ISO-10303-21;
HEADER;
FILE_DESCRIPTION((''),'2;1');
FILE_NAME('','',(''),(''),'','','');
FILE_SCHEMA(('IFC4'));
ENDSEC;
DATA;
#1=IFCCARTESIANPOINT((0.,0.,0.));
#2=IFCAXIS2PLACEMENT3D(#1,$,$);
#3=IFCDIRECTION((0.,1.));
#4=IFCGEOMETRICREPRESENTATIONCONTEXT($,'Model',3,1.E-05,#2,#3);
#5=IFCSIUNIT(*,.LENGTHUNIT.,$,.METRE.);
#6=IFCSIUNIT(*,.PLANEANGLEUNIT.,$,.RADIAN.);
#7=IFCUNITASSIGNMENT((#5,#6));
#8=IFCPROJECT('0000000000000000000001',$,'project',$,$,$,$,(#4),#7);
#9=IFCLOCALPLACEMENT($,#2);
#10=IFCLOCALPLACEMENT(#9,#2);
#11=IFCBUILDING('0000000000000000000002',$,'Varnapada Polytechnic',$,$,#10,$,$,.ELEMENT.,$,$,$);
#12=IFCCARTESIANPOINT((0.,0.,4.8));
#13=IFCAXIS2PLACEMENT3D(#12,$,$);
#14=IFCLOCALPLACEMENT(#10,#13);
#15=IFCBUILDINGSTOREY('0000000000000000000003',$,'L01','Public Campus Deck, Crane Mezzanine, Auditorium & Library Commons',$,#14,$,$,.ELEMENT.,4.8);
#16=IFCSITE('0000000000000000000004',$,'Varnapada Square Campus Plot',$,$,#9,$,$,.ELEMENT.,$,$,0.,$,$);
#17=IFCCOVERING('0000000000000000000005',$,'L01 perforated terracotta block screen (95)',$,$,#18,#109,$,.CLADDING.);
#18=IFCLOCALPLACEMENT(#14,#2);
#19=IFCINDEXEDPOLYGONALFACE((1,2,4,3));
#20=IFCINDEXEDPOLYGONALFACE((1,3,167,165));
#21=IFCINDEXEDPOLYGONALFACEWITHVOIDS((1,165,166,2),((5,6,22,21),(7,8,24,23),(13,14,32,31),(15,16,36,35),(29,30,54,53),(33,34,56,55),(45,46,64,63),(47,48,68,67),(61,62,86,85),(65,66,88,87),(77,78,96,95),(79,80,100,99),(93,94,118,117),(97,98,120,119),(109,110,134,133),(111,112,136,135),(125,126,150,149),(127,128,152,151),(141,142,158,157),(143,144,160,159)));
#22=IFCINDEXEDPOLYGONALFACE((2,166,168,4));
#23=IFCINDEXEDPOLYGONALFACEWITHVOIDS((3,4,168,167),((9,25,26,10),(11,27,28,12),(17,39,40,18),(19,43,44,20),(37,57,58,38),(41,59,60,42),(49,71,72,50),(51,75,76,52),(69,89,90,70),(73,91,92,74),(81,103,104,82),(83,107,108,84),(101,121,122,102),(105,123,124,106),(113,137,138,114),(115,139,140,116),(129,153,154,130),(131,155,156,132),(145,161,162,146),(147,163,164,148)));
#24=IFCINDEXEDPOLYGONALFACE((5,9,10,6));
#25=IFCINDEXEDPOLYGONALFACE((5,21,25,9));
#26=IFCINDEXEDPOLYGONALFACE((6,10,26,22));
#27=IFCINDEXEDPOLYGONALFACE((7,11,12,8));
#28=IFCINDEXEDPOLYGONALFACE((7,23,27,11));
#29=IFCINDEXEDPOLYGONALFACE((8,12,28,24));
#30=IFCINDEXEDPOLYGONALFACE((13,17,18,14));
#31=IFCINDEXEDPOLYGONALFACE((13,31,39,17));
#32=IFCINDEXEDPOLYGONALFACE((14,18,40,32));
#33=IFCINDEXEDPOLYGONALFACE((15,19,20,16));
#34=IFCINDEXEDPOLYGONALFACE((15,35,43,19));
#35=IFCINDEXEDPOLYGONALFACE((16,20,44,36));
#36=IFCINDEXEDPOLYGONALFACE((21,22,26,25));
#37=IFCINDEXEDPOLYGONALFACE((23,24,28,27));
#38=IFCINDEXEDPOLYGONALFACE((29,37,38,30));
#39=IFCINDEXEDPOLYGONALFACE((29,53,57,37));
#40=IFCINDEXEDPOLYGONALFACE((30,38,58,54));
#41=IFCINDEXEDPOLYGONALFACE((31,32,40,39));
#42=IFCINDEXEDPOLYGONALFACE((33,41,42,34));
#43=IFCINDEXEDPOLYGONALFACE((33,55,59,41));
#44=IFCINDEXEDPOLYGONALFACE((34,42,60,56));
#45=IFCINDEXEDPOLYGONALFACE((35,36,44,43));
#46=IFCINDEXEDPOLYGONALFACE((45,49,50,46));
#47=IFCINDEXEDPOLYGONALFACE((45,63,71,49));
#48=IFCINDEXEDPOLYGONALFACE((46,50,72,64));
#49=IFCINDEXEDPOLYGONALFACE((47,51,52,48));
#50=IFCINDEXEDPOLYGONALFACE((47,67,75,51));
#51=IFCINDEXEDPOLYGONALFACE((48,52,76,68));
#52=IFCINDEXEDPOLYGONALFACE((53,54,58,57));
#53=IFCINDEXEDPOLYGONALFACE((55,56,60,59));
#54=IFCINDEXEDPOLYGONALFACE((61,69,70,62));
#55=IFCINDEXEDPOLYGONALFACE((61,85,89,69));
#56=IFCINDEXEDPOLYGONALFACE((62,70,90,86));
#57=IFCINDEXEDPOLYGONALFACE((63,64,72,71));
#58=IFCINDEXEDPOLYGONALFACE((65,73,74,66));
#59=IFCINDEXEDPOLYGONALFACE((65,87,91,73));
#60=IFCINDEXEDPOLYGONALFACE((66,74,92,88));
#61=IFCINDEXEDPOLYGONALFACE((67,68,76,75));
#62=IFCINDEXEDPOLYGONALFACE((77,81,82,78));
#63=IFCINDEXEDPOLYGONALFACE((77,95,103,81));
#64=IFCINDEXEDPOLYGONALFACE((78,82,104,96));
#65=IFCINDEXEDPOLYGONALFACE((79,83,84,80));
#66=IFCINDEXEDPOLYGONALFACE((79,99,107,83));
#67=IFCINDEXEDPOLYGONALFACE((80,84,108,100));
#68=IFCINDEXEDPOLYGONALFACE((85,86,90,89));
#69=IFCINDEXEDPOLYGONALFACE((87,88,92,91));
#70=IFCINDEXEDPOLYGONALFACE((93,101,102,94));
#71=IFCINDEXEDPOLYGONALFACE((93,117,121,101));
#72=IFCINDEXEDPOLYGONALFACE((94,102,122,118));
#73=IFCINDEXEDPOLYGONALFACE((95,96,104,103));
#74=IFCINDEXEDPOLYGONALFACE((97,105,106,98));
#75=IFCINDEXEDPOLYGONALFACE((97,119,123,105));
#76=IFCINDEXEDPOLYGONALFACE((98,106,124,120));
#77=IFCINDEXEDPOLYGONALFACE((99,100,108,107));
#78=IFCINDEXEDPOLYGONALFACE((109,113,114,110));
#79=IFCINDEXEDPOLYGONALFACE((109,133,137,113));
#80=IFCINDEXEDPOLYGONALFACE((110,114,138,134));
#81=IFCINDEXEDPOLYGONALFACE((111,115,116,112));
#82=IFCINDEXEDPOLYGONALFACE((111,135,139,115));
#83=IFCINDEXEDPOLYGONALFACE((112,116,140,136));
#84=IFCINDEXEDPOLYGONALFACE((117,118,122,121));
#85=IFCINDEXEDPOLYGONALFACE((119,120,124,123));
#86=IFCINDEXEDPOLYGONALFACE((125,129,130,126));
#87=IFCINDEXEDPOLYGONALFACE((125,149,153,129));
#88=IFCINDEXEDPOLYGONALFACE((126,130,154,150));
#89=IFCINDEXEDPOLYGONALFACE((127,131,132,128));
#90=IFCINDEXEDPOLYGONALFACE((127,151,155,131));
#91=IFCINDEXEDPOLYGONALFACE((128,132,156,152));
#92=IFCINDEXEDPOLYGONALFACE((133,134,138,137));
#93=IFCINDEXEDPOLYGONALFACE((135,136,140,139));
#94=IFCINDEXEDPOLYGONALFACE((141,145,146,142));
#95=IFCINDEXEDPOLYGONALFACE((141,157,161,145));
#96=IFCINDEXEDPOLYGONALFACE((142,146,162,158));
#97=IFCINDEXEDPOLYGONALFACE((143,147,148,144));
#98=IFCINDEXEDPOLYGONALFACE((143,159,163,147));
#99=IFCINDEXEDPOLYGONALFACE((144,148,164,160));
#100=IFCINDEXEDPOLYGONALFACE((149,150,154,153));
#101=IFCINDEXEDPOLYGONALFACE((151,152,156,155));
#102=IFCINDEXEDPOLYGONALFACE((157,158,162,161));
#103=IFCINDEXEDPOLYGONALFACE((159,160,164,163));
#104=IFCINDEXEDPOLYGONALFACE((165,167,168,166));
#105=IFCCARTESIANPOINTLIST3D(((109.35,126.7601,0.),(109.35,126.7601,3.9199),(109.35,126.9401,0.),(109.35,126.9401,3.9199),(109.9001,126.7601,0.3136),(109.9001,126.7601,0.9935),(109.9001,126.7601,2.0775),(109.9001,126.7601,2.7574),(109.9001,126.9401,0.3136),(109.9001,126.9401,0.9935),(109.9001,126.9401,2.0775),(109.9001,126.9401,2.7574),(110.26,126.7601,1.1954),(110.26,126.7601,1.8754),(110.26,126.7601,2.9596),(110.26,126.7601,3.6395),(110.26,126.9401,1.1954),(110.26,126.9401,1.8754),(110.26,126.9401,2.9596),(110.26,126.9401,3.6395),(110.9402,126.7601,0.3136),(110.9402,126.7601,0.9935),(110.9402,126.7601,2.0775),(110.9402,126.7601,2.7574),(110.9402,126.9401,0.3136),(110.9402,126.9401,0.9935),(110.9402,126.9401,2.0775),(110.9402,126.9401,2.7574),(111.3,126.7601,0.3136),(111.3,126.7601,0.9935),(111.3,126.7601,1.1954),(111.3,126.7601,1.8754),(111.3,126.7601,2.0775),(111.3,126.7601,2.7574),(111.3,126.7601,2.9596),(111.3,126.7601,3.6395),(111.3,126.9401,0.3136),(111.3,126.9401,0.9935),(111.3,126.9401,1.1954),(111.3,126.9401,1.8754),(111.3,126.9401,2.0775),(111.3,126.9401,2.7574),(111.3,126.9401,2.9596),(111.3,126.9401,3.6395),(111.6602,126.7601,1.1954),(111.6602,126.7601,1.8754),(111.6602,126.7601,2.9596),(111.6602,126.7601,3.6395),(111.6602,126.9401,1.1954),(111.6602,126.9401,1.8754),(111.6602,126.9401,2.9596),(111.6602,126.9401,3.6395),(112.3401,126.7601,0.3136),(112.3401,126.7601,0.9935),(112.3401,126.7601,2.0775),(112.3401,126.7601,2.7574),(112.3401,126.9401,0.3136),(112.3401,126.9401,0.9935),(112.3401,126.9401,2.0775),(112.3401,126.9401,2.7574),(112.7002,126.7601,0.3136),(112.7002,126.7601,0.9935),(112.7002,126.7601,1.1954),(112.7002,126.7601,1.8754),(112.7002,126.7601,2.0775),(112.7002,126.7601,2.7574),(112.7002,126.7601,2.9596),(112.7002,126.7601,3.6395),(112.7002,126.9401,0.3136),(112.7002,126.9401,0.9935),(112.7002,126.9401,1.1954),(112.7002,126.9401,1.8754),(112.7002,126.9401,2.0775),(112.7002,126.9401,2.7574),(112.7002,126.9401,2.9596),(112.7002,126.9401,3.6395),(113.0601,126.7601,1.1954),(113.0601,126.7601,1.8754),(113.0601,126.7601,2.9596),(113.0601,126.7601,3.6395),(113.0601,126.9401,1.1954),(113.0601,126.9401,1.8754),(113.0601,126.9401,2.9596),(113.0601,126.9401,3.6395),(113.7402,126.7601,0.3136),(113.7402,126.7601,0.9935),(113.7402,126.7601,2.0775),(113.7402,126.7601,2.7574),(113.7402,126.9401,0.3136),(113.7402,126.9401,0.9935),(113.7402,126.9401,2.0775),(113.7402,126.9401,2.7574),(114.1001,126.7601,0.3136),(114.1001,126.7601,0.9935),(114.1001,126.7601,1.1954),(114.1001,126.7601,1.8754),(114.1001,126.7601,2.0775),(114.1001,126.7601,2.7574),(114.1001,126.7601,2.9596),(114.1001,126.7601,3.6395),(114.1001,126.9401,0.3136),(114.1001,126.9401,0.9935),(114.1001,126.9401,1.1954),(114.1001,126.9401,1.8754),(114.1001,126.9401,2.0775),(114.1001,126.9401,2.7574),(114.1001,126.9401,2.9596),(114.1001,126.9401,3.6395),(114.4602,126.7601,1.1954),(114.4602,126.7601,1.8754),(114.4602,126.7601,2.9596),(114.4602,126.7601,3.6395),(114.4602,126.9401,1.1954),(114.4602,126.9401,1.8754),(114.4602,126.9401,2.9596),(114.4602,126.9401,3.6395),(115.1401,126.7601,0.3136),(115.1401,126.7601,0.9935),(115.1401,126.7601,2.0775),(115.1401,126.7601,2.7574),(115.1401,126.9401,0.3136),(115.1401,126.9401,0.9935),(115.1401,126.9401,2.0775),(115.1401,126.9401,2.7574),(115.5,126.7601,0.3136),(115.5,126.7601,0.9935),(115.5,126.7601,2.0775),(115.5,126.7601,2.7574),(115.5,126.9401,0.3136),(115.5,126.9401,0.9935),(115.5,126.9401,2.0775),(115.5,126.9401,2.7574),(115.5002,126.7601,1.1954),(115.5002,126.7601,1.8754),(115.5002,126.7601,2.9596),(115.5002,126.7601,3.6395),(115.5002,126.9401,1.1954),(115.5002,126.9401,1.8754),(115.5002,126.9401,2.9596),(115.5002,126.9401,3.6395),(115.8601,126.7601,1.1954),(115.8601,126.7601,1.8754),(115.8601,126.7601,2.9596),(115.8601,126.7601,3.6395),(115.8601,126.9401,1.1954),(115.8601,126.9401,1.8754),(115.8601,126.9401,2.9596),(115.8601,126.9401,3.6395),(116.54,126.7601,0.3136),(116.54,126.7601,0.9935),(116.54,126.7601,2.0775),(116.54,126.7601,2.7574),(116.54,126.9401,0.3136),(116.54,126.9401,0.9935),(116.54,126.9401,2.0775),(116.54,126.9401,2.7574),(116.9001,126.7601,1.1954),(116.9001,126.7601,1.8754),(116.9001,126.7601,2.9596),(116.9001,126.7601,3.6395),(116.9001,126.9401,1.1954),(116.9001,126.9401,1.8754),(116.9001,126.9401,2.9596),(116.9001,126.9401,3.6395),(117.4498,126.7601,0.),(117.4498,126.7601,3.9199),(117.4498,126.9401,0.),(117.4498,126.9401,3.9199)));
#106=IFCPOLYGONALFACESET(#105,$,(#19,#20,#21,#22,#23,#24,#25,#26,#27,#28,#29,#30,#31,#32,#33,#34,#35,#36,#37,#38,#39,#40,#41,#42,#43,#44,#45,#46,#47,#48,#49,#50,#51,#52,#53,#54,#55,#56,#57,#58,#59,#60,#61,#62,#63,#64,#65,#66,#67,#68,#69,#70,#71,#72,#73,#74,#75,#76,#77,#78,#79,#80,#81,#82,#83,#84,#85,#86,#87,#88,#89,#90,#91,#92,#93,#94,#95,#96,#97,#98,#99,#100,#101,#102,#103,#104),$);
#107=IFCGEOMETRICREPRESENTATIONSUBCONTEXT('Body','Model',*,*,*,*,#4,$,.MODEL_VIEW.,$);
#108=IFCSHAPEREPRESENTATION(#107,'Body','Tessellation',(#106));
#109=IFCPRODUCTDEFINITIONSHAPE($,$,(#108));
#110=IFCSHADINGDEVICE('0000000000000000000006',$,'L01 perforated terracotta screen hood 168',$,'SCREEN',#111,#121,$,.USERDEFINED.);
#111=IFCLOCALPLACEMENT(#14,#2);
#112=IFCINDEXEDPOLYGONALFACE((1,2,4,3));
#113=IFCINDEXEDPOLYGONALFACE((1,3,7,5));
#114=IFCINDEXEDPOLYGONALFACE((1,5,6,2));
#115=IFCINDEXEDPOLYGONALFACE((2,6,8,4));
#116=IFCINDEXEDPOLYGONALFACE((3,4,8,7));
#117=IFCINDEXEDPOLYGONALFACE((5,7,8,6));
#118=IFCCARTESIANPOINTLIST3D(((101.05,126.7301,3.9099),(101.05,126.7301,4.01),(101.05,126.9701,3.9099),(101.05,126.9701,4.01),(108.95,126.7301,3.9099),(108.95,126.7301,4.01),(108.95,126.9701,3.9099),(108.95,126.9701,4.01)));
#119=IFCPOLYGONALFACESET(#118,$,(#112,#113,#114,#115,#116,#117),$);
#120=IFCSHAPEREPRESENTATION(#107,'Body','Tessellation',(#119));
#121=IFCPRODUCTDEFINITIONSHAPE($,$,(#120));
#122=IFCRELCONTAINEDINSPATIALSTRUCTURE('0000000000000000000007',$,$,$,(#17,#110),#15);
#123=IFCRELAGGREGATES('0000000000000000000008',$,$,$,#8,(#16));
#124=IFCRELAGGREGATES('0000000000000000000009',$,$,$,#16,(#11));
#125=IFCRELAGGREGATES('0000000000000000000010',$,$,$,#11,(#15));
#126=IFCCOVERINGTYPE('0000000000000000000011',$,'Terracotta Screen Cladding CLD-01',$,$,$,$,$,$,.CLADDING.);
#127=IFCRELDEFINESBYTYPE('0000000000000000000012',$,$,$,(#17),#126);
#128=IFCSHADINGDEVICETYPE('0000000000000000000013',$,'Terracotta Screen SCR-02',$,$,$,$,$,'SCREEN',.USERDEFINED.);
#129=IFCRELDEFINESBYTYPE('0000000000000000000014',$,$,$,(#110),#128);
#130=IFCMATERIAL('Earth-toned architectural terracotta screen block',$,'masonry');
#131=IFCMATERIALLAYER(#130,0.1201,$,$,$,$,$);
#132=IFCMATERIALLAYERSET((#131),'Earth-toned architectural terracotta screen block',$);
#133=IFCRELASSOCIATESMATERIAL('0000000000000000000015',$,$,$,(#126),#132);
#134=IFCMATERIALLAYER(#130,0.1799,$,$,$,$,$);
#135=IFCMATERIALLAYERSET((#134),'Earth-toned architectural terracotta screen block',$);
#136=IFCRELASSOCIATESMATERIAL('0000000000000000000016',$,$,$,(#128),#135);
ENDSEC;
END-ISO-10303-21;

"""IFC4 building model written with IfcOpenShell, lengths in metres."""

from ifc_helpers import new_model, si_unit, direction, frame, frame_2d, origin, origin_2d, place, context, subcontext, project, spatial, rectangle, extrude, material, layer, layer_set, type_object, element, save


model = new_model("IFC4")

# Units and contexts
model_context = context("Model", 3, precision=1e-05, world=origin(), true_north=direction((0.0, 1.0)))
body_context = subcontext(model_context, "Body", "Model", "MODEL_VIEW")
ifc_project = project(units=[si_unit("LENGTHUNIT", "METRE"), si_unit("PLANEANGLEUNIT", "RADIAN")], contexts=[model_context])

# Site, building, storey
site_placement = place(None, origin())
site = spatial("IfcSite", under=ifc_project, at=site_placement, Name="Varnapada Square Campus Plot", CompositionType="ELEMENT", RefElevation=0.0)
building_placement = place(site_placement, origin())
building = spatial("IfcBuilding", under=site, at=building_placement, Name="Varnapada Polytechnic", CompositionType="ELEMENT")
storey_placement = place(building_placement, frame((0.0, 0.0, 4.8)))
storey = spatial("IfcBuildingStorey", under=building, at=storey_placement, Name="L01", Description="Public Campus Deck, Crane Mezzanine, Auditorium & Library Commons", CompositionType="ELEMENT", Elevation=4.8)

# Covering, openings
ifc_material_1 = material(Name="Earth-toned architectural terracotta screen block", Category="masonry")
ifc_layer_1 = layer(ifc_material_1, 0.1201)
ifc_layer_set_1 = layer_set([ifc_layer_1], Name="Earth-toned architectural terracotta screen block")
covering_type = type_object("IfcCoveringType", Name="Terracotta Screen Cladding CLD-01", PredefinedType="CLADDING", material=ifc_layer_set_1)
covering_placement = place(storey_placement, frame((109.3501, 126.8501, 0.0), z_axis=(0.0, 0.0, 1.0), x_axis=(1.0, 0.0, 0.0)))
covering = element("IfcCovering", 1, at=covering_placement, inside=storey, type_object=covering_type, Name="L01 perforated terracotta block screen (95)", PredefinedType="CLADDING", context=body_context, shape_type="SweptSolid", body=[
    extrude(rectangle(XDim=8.0999, YDim=0.1799, at=frame_2d((4.0498, 0.0))), origin(), (0.0, 0.0, 1.0), 3.9199),
])
opening_1_placement = place(covering_placement, frame((0.55, 0.0, 0.3137)))
element("IfcOpeningElement", 2, at=opening_1_placement, cuts=covering, PredefinedType="OPENING", context=body_context, shape_type="SweptSolid", body=[
    extrude(rectangle(XDim=1.04, YDim=0.6799, at=frame_2d((0.52, 0.3398))), frame((0.0, 0.0999, 0.0), z_axis=(0.0, -1.0, 0.0), x_axis=(1.0, 0.0, 0.0)), (0.0, 0.0, 1.0), 0.2),
])
opening_2_placement = place(covering_placement, frame((1.95, 0.0, 0.3137)))
element("IfcOpeningElement", 3, at=opening_2_placement, cuts=covering, PredefinedType="OPENING", context=body_context, shape_type="SweptSolid", body=[
    extrude(rectangle(XDim=1.04, YDim=0.6799, at=frame_2d((0.52, 0.3398))), frame((0.0, 0.0999, 0.0), z_axis=(0.0, -1.0, 0.0), x_axis=(1.0, 0.0, 0.0)), (0.0, 0.0, 1.0), 0.2),
])
opening_3_placement = place(covering_placement, frame((3.3501, 0.0, 0.3137)))
element("IfcOpeningElement", 4, at=opening_3_placement, cuts=covering, PredefinedType="OPENING", context=body_context, shape_type="SweptSolid", body=[
    extrude(rectangle(XDim=1.04, YDim=0.6799, at=frame_2d((0.52, 0.3398))), frame((0.0, 0.0999, 0.0), z_axis=(0.0, -1.0, 0.0), x_axis=(1.0, 0.0, 0.0)), (0.0, 0.0, 1.0), 0.2),
])
opening_4_placement = place(covering_placement, frame((4.75, 0.0, 0.3137)))
element("IfcOpeningElement", 5, at=opening_4_placement, cuts=covering, PredefinedType="OPENING", context=body_context, shape_type="SweptSolid", body=[
    extrude(rectangle(XDim=1.04, YDim=0.6799, at=frame_2d((0.52, 0.3398))), frame((0.0, 0.0999, 0.0), z_axis=(0.0, -1.0, 0.0), x_axis=(1.0, 0.0, 0.0)), (0.0, 0.0, 1.0), 0.2),
])
opening_5_placement = place(covering_placement, frame((6.1499, 0.0, 0.3137)))
element("IfcOpeningElement", 6, at=opening_5_placement, cuts=covering, PredefinedType="OPENING", context=body_context, shape_type="SweptSolid", body=[
    extrude(rectangle(XDim=1.04, YDim=0.6799, at=frame_2d((0.52, 0.3398))), frame((0.0, 0.0999, 0.0), z_axis=(0.0, -1.0, 0.0), x_axis=(1.0, 0.0, 0.0)), (0.0, 0.0, 1.0), 0.2),
])
opening_6_placement = place(covering_placement, frame((0.9099, 0.0, 1.1956)))
element("IfcOpeningElement", 7, at=opening_6_placement, cuts=covering, PredefinedType="OPENING", context=body_context, shape_type="SweptSolid", body=[
    extrude(rectangle(XDim=1.04, YDim=0.6799, at=frame_2d((0.52, 0.3398))), frame((0.0, 0.0999, 0.0), z_axis=(0.0, -1.0, 0.0), x_axis=(1.0, 0.0, 0.0)), (0.0, 0.0, 1.0), 0.2),
])
opening_7_placement = place(covering_placement, frame((2.3101, 0.0, 1.1956)))
element("IfcOpeningElement", 8, at=opening_7_placement, cuts=covering, PredefinedType="OPENING", context=body_context, shape_type="SweptSolid", body=[
    extrude(rectangle(XDim=1.04, YDim=0.6799, at=frame_2d((0.52, 0.3398))), frame((0.0, 0.0999, 0.0), z_axis=(0.0, -1.0, 0.0), x_axis=(1.0, 0.0, 0.0)), (0.0, 0.0, 1.0), 0.2),
])
opening_8_placement = place(covering_placement, frame((3.71, 0.0, 1.1956)))
element("IfcOpeningElement", 9, at=opening_8_placement, cuts=covering, PredefinedType="OPENING", context=body_context, shape_type="SweptSolid", body=[
    extrude(rectangle(XDim=1.04, YDim=0.6799, at=frame_2d((0.52, 0.3398))), frame((0.0, 0.0999, 0.0), z_axis=(0.0, -1.0, 0.0), x_axis=(1.0, 0.0, 0.0)), (0.0, 0.0, 1.0), 0.2),
])
opening_9_placement = place(covering_placement, frame((5.1101, 0.0, 1.1956)))
element("IfcOpeningElement", 10, at=opening_9_placement, cuts=covering, PredefinedType="OPENING", context=body_context, shape_type="SweptSolid", body=[
    extrude(rectangle(XDim=1.04, YDim=0.6799, at=frame_2d((0.52, 0.3398))), frame((0.0, 0.0999, 0.0), z_axis=(0.0, -1.0, 0.0), x_axis=(1.0, 0.0, 0.0)), (0.0, 0.0, 1.0), 0.2),
])
opening_10_placement = place(covering_placement, frame((6.51, 0.0, 1.1956)))
element("IfcOpeningElement", 11, at=opening_10_placement, cuts=covering, PredefinedType="OPENING", context=body_context, shape_type="SweptSolid", body=[
    extrude(rectangle(XDim=1.04, YDim=0.6799, at=frame_2d((0.52, 0.3398))), frame((0.0, 0.0999, 0.0), z_axis=(0.0, -1.0, 0.0), x_axis=(1.0, 0.0, 0.0)), (0.0, 0.0, 1.0), 0.2),
])
opening_11_placement = place(covering_placement, frame((0.55, 0.0, 2.0776)))
element("IfcOpeningElement", 12, at=opening_11_placement, cuts=covering, PredefinedType="OPENING", context=body_context, shape_type="SweptSolid", body=[
    extrude(rectangle(XDim=1.04, YDim=0.6799, at=frame_2d((0.52, 0.3398))), frame((0.0, 0.0999, 0.0), z_axis=(0.0, -1.0, 0.0), x_axis=(1.0, 0.0, 0.0)), (0.0, 0.0, 1.0), 0.2),
])
opening_12_placement = place(covering_placement, frame((1.95, 0.0, 2.0776)))
element("IfcOpeningElement", 13, at=opening_12_placement, cuts=covering, PredefinedType="OPENING", context=body_context, shape_type="SweptSolid", body=[
    extrude(rectangle(XDim=1.04, YDim=0.6799, at=frame_2d((0.52, 0.3398))), frame((0.0, 0.0999, 0.0), z_axis=(0.0, -1.0, 0.0), x_axis=(1.0, 0.0, 0.0)), (0.0, 0.0, 1.0), 0.2),
])
opening_13_placement = place(covering_placement, frame((3.3501, 0.0, 2.0776)))
element("IfcOpeningElement", 14, at=opening_13_placement, cuts=covering, PredefinedType="OPENING", context=body_context, shape_type="SweptSolid", body=[
    extrude(rectangle(XDim=1.04, YDim=0.6799, at=frame_2d((0.52, 0.3398))), frame((0.0, 0.0999, 0.0), z_axis=(0.0, -1.0, 0.0), x_axis=(1.0, 0.0, 0.0)), (0.0, 0.0, 1.0), 0.2),
])
opening_14_placement = place(covering_placement, frame((4.75, 0.0, 2.0776)))
element("IfcOpeningElement", 15, at=opening_14_placement, cuts=covering, PredefinedType="OPENING", context=body_context, shape_type="SweptSolid", body=[
    extrude(rectangle(XDim=1.04, YDim=0.6799, at=frame_2d((0.52, 0.3398))), frame((0.0, 0.0999, 0.0), z_axis=(0.0, -1.0, 0.0), x_axis=(1.0, 0.0, 0.0)), (0.0, 0.0, 1.0), 0.2),
])
opening_15_placement = place(covering_placement, frame((6.1499, 0.0, 2.0776)))
element("IfcOpeningElement", 16, at=opening_15_placement, cuts=covering, PredefinedType="OPENING", context=body_context, shape_type="SweptSolid", body=[
    extrude(rectangle(XDim=1.04, YDim=0.6799, at=frame_2d((0.52, 0.3398))), frame((0.0, 0.0999, 0.0), z_axis=(0.0, -1.0, 0.0), x_axis=(1.0, 0.0, 0.0)), (0.0, 0.0, 1.0), 0.2),
])
opening_16_placement = place(covering_placement, frame((0.9099, 0.0, 2.9597)))
element("IfcOpeningElement", 17, at=opening_16_placement, cuts=covering, PredefinedType="OPENING", context=body_context, shape_type="SweptSolid", body=[
    extrude(rectangle(XDim=1.04, YDim=0.6799, at=frame_2d((0.52, 0.3398))), frame((0.0, 0.0999, 0.0), z_axis=(0.0, -1.0, 0.0), x_axis=(1.0, 0.0, 0.0)), (0.0, 0.0, 1.0), 0.2),
])
opening_17_placement = place(covering_placement, frame((2.3101, 0.0, 2.9597)))
element("IfcOpeningElement", 18, at=opening_17_placement, cuts=covering, PredefinedType="OPENING", context=body_context, shape_type="SweptSolid", body=[
    extrude(rectangle(XDim=1.04, YDim=0.6799, at=frame_2d((0.52, 0.3398))), frame((0.0, 0.0999, 0.0), z_axis=(0.0, -1.0, 0.0), x_axis=(1.0, 0.0, 0.0)), (0.0, 0.0, 1.0), 0.2),
])
opening_18_placement = place(covering_placement, frame((3.71, 0.0, 2.9597)))
element("IfcOpeningElement", 19, at=opening_18_placement, cuts=covering, PredefinedType="OPENING", context=body_context, shape_type="SweptSolid", body=[
    extrude(rectangle(XDim=1.04, YDim=0.6799, at=frame_2d((0.52, 0.3398))), frame((0.0, 0.0999, 0.0), z_axis=(0.0, -1.0, 0.0), x_axis=(1.0, 0.0, 0.0)), (0.0, 0.0, 1.0), 0.2),
])
opening_19_placement = place(covering_placement, frame((5.1101, 0.0, 2.9597)))
element("IfcOpeningElement", 20, at=opening_19_placement, cuts=covering, PredefinedType="OPENING", context=body_context, shape_type="SweptSolid", body=[
    extrude(rectangle(XDim=1.04, YDim=0.6799, at=frame_2d((0.52, 0.3398))), frame((0.0, 0.0999, 0.0), z_axis=(0.0, -1.0, 0.0), x_axis=(1.0, 0.0, 0.0)), (0.0, 0.0, 1.0), 0.2),
])
opening_20_placement = place(covering_placement, frame((6.51, 0.0, 2.9597)))
element("IfcOpeningElement", 21, at=opening_20_placement, cuts=covering, PredefinedType="OPENING", context=body_context, shape_type="SweptSolid", body=[
    extrude(rectangle(XDim=1.04, YDim=0.6799, at=frame_2d((0.52, 0.3398))), frame((0.0, 0.0999, 0.0), z_axis=(0.0, -1.0, 0.0), x_axis=(1.0, 0.0, 0.0)), (0.0, 0.0, 1.0), 0.2),
])

# Shading device
ifc_layer_2 = layer(ifc_material_1, 0.1799)
ifc_layer_set_2 = layer_set([ifc_layer_2], Name="Earth-toned architectural terracotta screen block")
shading_device_type = type_object("IfcShadingDeviceType", Name="Terracotta Screen SCR-02", ElementType="SCREEN", PredefinedType="USERDEFINED", material=ifc_layer_set_2)
shading_device_placement = place(storey_placement, frame((105.0, 126.8501, 3.9099), z_axis=(0.0, 0.0, 1.0), x_axis=(1.0, 0.0, 0.0)))
element("IfcShadingDevice", 22, at=shading_device_placement, inside=storey, type_object=shading_device_type, Name="L01 perforated terracotta screen hood 168", ObjectType="SCREEN", PredefinedType="USERDEFINED", context=body_context, shape_type="SweptSolid", body=[
    extrude(rectangle(XDim=7.8999, YDim=0.24, at=origin_2d()), origin(), (0.0, 0.0, 1.0), 0.1001),
])

save(model, "model.ifc")
